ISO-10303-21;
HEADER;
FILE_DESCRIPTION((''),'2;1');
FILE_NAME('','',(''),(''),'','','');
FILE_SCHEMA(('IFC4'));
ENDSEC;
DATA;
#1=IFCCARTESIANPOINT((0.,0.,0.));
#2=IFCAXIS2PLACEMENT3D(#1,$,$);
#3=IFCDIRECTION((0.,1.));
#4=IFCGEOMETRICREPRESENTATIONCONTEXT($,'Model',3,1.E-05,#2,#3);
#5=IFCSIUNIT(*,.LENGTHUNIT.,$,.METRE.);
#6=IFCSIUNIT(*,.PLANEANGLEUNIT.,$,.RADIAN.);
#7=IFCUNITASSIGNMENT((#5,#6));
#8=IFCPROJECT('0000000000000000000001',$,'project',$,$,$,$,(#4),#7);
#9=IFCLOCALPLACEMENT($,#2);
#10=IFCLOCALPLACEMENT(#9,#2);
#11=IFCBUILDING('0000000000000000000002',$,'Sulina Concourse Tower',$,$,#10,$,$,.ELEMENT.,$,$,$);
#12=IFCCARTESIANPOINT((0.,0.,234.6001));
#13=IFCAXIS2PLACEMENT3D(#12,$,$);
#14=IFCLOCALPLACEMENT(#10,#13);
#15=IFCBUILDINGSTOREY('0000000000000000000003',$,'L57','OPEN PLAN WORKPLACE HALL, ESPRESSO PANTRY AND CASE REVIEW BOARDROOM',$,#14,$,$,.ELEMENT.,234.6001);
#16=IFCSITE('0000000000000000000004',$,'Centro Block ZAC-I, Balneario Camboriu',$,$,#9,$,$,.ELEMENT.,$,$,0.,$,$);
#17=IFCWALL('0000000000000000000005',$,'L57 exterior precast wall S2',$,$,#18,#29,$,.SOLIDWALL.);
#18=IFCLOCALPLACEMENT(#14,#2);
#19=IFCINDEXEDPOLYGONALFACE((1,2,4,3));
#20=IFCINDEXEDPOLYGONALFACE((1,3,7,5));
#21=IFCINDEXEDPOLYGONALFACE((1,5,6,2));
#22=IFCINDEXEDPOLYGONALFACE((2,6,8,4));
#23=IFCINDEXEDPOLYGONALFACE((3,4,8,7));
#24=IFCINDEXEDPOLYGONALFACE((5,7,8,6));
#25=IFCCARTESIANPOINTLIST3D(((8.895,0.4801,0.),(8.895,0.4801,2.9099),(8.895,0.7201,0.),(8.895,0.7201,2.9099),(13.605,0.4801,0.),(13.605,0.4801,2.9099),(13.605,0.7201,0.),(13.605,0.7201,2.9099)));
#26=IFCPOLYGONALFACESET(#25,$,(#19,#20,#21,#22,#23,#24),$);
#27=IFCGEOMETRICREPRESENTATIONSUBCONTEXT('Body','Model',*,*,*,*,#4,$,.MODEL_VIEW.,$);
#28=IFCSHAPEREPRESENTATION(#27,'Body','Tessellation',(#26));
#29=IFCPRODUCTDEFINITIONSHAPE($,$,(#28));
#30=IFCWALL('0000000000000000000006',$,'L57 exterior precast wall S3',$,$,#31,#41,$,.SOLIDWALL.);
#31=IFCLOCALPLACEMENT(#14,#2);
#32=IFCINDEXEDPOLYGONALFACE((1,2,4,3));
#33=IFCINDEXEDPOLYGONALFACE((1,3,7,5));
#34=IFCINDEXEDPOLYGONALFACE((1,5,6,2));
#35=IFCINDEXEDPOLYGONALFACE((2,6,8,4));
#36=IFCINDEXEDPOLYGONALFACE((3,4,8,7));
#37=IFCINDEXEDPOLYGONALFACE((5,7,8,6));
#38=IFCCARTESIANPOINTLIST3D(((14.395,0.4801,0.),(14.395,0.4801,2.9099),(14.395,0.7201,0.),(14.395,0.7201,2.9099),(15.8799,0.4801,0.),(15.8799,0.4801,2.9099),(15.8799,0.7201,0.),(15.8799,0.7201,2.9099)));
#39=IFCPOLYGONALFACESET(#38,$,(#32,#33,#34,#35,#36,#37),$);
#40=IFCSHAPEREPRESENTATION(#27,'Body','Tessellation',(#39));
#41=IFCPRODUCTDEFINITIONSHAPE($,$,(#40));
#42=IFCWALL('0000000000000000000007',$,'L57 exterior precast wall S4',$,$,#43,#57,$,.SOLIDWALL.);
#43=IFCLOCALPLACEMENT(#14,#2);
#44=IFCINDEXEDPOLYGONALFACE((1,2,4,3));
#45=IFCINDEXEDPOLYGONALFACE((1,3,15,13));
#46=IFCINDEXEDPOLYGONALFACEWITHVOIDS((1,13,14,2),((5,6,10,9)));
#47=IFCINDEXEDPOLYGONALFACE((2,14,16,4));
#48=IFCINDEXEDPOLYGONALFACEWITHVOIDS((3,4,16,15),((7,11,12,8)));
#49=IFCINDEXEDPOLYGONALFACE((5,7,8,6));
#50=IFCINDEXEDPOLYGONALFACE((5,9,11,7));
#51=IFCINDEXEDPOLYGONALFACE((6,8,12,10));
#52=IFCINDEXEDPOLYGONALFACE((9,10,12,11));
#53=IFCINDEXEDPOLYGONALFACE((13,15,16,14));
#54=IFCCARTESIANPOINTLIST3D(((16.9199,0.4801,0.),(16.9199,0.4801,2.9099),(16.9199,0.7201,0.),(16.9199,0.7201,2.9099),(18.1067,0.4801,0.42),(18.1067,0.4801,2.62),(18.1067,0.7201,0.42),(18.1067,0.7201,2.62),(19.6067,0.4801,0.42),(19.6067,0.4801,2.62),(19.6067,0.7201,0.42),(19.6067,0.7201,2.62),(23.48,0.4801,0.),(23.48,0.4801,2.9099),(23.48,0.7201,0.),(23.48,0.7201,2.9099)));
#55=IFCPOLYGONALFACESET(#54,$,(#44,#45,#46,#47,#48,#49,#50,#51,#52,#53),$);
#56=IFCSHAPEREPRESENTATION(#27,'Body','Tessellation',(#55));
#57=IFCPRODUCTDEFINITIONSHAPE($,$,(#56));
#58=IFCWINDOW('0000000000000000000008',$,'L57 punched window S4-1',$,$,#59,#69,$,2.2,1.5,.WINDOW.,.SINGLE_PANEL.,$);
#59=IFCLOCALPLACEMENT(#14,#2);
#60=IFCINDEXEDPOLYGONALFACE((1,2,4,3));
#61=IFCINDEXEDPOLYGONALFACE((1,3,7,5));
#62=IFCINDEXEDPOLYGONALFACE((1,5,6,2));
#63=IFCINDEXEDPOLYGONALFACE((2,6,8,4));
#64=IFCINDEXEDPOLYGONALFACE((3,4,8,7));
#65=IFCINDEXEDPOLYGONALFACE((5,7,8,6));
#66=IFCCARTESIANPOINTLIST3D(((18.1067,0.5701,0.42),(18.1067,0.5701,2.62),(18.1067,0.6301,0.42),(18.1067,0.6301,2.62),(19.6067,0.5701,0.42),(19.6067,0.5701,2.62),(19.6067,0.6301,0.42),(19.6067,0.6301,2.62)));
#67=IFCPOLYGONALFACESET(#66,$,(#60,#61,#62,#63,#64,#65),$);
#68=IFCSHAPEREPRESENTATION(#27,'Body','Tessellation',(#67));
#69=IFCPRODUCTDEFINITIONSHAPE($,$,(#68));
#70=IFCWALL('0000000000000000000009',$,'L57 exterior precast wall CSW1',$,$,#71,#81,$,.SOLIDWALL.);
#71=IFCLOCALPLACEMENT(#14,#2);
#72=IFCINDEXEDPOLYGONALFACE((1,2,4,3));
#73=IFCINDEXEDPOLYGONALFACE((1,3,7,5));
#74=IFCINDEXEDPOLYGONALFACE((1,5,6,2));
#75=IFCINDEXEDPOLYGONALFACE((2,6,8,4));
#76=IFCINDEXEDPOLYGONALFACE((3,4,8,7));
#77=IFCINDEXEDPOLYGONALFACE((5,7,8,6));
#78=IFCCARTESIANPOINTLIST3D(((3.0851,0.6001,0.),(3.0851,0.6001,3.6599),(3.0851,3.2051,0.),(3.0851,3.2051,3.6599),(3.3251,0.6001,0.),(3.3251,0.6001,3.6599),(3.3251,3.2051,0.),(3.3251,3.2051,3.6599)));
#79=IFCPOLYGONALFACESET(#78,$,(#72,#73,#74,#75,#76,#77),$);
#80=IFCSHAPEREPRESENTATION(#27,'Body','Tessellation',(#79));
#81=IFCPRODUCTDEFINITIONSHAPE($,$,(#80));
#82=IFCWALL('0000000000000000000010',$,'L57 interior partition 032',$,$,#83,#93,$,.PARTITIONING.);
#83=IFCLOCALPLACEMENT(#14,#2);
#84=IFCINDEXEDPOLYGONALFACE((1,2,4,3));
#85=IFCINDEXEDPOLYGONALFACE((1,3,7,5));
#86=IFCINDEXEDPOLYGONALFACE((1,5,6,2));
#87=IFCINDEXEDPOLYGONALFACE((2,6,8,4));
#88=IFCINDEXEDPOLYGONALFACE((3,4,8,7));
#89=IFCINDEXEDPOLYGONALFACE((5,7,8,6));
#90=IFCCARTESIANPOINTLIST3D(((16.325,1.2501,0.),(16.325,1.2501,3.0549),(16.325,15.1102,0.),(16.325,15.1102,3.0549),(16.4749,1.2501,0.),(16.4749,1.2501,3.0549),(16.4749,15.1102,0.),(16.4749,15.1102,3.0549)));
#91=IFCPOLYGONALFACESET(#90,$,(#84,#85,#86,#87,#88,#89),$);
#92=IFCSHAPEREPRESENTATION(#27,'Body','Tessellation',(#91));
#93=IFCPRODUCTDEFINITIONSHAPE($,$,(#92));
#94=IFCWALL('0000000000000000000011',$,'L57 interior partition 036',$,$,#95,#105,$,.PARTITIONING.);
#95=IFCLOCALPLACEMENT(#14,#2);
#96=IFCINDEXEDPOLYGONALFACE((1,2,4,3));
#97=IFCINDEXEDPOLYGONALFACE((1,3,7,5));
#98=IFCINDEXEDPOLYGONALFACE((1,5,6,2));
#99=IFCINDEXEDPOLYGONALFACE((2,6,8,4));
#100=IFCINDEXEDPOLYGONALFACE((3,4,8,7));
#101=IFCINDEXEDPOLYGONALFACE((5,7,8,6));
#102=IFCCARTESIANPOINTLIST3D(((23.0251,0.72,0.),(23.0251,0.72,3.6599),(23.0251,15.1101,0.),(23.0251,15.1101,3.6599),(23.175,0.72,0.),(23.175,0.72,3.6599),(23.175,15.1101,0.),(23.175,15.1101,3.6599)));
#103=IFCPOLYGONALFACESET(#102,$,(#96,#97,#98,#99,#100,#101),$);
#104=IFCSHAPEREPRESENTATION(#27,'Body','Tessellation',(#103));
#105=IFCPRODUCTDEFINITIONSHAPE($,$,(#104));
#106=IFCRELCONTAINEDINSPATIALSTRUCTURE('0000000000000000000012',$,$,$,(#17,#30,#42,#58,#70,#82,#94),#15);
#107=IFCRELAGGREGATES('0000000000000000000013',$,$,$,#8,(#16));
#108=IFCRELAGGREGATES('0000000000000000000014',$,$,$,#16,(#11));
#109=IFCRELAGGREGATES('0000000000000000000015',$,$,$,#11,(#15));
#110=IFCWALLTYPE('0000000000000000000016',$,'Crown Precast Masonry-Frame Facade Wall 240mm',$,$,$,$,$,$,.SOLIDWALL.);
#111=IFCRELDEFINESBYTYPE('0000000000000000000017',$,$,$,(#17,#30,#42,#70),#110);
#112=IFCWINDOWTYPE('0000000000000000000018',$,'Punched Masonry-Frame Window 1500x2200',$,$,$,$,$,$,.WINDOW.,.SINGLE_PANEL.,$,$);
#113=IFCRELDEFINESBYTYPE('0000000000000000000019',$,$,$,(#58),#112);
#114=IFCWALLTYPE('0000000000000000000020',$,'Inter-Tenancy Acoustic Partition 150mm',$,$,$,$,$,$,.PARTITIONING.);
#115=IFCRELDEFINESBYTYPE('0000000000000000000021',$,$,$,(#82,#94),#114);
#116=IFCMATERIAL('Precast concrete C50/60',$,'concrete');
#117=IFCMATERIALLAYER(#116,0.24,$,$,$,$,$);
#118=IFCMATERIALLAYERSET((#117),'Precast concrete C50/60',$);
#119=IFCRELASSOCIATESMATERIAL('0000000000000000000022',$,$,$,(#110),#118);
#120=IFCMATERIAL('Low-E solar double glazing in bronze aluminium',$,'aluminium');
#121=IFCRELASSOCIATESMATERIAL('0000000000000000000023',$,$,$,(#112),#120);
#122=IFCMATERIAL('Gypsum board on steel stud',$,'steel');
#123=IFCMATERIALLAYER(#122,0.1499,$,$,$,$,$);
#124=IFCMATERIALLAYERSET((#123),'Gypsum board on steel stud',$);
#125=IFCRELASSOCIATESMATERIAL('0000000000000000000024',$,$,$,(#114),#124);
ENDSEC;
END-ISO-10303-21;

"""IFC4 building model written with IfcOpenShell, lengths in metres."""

from ifc_helpers import new_model, si_unit, direction, frame, frame_2d, origin, place, context, subcontext, project, spatial, rectangle, extrude, material, layer, layer_set, type_object, element, fill, save


model = new_model("IFC4")

# Units and contexts
model_context = context("Model", 3, precision=1e-05, world=origin(), true_north=direction((0.0, 1.0)))
body_context = subcontext(model_context, "Body", "Model", "MODEL_VIEW")
ifc_project = project(units=[si_unit("LENGTHUNIT", "METRE"), si_unit("PLANEANGLEUNIT", "RADIAN")], contexts=[model_context])

# Site, building, storey
site_placement = place(None, origin())
site = spatial("IfcSite", under=ifc_project, at=site_placement, Name="Centro Block ZAC-I, Balneario Camboriu", CompositionType="ELEMENT", RefElevation=0.0)
building_placement = place(site_placement, origin())
building = spatial("IfcBuilding", under=site, at=building_placement, Name="Sulina Concourse Tower", CompositionType="ELEMENT")
storey_placement = place(building_placement, frame((0.0, 0.0, 234.6001)))
storey = spatial("IfcBuildingStorey", under=building, at=storey_placement, Name="L57", Description="OPEN PLAN WORKPLACE HALL, ESPRESSO PANTRY AND CASE REVIEW BOARDROOM", CompositionType="ELEMENT", Elevation=234.6001)

# Shared definitions
ifc_material_1 = material(Name="Precast concrete C50/60", Category="concrete")
ifc_layer_1 = layer(ifc_material_1, 0.24)
ifc_layer_set_1 = layer_set([ifc_layer_1], Name="Precast concrete C50/60")
wall_type_1 = type_object("IfcWallType", Name="Crown Precast Masonry-Frame Facade Wall 240mm", PredefinedType="SOLIDWALL", material=ifc_layer_set_1)
ifc_material_2 = material(Name="Low-E solar double glazing in bronze aluminium", Category="aluminium")
window_type = type_object("IfcWindowType", Name="Punched Masonry-Frame Window 1500x2200", PartitioningType="SINGLE_PANEL", PredefinedType="WINDOW", material=ifc_material_2)

# Walls
wall_1_placement = place(storey_placement, frame((13.605, 0.6001, 0.0), z_axis=(0.0, 0.0, 1.0), x_axis=(-1.0, 0.0, 0.0)))
element("IfcWall", 1, at=wall_1_placement, inside=storey, type_object=wall_type_1, Name="L57 exterior precast wall S2", PredefinedType="SOLIDWALL", context=body_context, shape_type="SweptSolid", body=[
    extrude(rectangle(XDim=4.71, YDim=0.24, at=frame_2d((2.355, 0.0))), origin(), (0.0, 0.0, 1.0), 2.9099),
])
wall_2_placement = place(storey_placement, frame((15.8799, 0.6001, 0.0), z_axis=(0.0, 0.0, 1.0), x_axis=(-1.0, 0.0, 0.0)))
element("IfcWall", 2, at=wall_2_placement, inside=storey, type_object=wall_type_1, Name="L57 exterior precast wall S3", PredefinedType="SOLIDWALL", context=body_context, shape_type="SweptSolid", body=[
    extrude(rectangle(XDim=1.4849, YDim=0.24, at=frame_2d((0.7424, 0.0))), origin(), (0.0, 0.0, 1.0), 2.9099),
])

# Wall, opening, window
wall_3_placement = place(storey_placement, frame((23.48, 0.6001, 0.0), z_axis=(0.0, 0.0, 1.0), x_axis=(-1.0, 0.0, 0.0)))
wall_3 = element("IfcWall", 3, at=wall_3_placement, inside=storey, type_object=wall_type_1, Name="L57 exterior precast wall S4", PredefinedType="SOLIDWALL", context=body_context, shape_type="SweptSolid", body=[
    extrude(rectangle(XDim=6.5601, YDim=0.24, at=frame_2d((3.28, 0.0))), origin(), (0.0, 0.0, 1.0), 2.9099),
])
opening_1_placement = place(wall_3_placement, frame((3.8733, 0.0, 0.4199)))
opening_1 = element("IfcOpeningElement", 4, at=opening_1_placement, cuts=wall_3, PredefinedType="OPENING", context=body_context, shape_type="SweptSolid", body=[
    extrude(rectangle(XDim=1.5, YDim=2.2, at=frame_2d((0.75, 1.1001))), frame((0.0, 0.1299, 0.0), z_axis=(0.0, -1.0, 0.0), x_axis=(1.0, 0.0, 0.0)), (0.0, 0.0, 1.0), 0.26),
])
window_1_placement = place(opening_1_placement, origin())
window_1 = element("IfcWindow", 5, at=window_1_placement, inside=storey, type_object=window_type, Name="L57 punched window S4-1", OverallHeight=2.2, OverallWidth=1.5, PartitioningType="SINGLE_PANEL", PredefinedType="WINDOW", context=body_context, shape_type="SweptSolid", body=[
    extrude(rectangle(XDim=1.5, YDim=2.2, at=frame_2d((0.75, 1.1001))), frame((0.0, 0.03, 0.0), z_axis=(0.0, -1.0, 0.0), x_axis=(1.0, 0.0, 0.0)), (0.0, 0.0, 1.0), 0.0601),
])
fill(opening_1, window_1)

# Walls
wall_4_placement = place(storey_placement, frame((3.2051, 0.6001, 0.0), z_axis=(0.0, 0.0, 1.0), x_axis=(0.0, 1.0, 0.0)))
element("IfcWall", 6, at=wall_4_placement, inside=storey, type_object=wall_type_1, Name="L57 exterior precast wall CSW1", PredefinedType="SOLIDWALL", context=body_context, shape_type="SweptSolid", body=[
    extrude(rectangle(XDim=2.605, YDim=0.24, at=frame_2d((1.3025, 0.0))), origin(), (0.0, 0.0, 1.0), 3.6599),
])
ifc_material_3 = material(Name="Gypsum board on steel stud", Category="steel")
ifc_layer_2 = layer(ifc_material_3, 0.1499)
ifc_layer_set_2 = layer_set([ifc_layer_2], Name="Gypsum board on steel stud")
wall_type_2 = type_object("IfcWallType", Name="Inter-Tenancy Acoustic Partition 150mm", PredefinedType="PARTITIONING", material=ifc_layer_set_2)
wall_5_placement = place(storey_placement, frame((16.3999, 1.25, 0.0), z_axis=(0.0, 0.0, 1.0), x_axis=(0.0, 1.0, 0.0)))
element("IfcWall", 7, at=wall_5_placement, inside=storey, type_object=wall_type_2, Name="L57 interior partition 032", PredefinedType="PARTITIONING", context=body_context, shape_type="SweptSolid", body=[
    extrude(rectangle(XDim=13.8601, YDim=0.1499, at=frame_2d((6.9302, 0.0))), origin(), (0.0, 0.0, 1.0), 3.0549),
])
wall_6_placement = place(storey_placement, frame((23.1001, 0.72, 0.0), z_axis=(0.0, 0.0, 1.0), x_axis=(0.0, 1.0, 0.0)))
element("IfcWall", 8, at=wall_6_placement, inside=storey, type_object=wall_type_2, Name="L57 interior partition 036", PredefinedType="PARTITIONING", context=body_context, shape_type="SweptSolid", body=[
    extrude(rectangle(XDim=14.3901, YDim=0.1499, at=frame_2d((7.1951, 0.0))), origin(), (0.0, 0.0, 1.0), 3.6599),
])

save(model, "model.ifc")
